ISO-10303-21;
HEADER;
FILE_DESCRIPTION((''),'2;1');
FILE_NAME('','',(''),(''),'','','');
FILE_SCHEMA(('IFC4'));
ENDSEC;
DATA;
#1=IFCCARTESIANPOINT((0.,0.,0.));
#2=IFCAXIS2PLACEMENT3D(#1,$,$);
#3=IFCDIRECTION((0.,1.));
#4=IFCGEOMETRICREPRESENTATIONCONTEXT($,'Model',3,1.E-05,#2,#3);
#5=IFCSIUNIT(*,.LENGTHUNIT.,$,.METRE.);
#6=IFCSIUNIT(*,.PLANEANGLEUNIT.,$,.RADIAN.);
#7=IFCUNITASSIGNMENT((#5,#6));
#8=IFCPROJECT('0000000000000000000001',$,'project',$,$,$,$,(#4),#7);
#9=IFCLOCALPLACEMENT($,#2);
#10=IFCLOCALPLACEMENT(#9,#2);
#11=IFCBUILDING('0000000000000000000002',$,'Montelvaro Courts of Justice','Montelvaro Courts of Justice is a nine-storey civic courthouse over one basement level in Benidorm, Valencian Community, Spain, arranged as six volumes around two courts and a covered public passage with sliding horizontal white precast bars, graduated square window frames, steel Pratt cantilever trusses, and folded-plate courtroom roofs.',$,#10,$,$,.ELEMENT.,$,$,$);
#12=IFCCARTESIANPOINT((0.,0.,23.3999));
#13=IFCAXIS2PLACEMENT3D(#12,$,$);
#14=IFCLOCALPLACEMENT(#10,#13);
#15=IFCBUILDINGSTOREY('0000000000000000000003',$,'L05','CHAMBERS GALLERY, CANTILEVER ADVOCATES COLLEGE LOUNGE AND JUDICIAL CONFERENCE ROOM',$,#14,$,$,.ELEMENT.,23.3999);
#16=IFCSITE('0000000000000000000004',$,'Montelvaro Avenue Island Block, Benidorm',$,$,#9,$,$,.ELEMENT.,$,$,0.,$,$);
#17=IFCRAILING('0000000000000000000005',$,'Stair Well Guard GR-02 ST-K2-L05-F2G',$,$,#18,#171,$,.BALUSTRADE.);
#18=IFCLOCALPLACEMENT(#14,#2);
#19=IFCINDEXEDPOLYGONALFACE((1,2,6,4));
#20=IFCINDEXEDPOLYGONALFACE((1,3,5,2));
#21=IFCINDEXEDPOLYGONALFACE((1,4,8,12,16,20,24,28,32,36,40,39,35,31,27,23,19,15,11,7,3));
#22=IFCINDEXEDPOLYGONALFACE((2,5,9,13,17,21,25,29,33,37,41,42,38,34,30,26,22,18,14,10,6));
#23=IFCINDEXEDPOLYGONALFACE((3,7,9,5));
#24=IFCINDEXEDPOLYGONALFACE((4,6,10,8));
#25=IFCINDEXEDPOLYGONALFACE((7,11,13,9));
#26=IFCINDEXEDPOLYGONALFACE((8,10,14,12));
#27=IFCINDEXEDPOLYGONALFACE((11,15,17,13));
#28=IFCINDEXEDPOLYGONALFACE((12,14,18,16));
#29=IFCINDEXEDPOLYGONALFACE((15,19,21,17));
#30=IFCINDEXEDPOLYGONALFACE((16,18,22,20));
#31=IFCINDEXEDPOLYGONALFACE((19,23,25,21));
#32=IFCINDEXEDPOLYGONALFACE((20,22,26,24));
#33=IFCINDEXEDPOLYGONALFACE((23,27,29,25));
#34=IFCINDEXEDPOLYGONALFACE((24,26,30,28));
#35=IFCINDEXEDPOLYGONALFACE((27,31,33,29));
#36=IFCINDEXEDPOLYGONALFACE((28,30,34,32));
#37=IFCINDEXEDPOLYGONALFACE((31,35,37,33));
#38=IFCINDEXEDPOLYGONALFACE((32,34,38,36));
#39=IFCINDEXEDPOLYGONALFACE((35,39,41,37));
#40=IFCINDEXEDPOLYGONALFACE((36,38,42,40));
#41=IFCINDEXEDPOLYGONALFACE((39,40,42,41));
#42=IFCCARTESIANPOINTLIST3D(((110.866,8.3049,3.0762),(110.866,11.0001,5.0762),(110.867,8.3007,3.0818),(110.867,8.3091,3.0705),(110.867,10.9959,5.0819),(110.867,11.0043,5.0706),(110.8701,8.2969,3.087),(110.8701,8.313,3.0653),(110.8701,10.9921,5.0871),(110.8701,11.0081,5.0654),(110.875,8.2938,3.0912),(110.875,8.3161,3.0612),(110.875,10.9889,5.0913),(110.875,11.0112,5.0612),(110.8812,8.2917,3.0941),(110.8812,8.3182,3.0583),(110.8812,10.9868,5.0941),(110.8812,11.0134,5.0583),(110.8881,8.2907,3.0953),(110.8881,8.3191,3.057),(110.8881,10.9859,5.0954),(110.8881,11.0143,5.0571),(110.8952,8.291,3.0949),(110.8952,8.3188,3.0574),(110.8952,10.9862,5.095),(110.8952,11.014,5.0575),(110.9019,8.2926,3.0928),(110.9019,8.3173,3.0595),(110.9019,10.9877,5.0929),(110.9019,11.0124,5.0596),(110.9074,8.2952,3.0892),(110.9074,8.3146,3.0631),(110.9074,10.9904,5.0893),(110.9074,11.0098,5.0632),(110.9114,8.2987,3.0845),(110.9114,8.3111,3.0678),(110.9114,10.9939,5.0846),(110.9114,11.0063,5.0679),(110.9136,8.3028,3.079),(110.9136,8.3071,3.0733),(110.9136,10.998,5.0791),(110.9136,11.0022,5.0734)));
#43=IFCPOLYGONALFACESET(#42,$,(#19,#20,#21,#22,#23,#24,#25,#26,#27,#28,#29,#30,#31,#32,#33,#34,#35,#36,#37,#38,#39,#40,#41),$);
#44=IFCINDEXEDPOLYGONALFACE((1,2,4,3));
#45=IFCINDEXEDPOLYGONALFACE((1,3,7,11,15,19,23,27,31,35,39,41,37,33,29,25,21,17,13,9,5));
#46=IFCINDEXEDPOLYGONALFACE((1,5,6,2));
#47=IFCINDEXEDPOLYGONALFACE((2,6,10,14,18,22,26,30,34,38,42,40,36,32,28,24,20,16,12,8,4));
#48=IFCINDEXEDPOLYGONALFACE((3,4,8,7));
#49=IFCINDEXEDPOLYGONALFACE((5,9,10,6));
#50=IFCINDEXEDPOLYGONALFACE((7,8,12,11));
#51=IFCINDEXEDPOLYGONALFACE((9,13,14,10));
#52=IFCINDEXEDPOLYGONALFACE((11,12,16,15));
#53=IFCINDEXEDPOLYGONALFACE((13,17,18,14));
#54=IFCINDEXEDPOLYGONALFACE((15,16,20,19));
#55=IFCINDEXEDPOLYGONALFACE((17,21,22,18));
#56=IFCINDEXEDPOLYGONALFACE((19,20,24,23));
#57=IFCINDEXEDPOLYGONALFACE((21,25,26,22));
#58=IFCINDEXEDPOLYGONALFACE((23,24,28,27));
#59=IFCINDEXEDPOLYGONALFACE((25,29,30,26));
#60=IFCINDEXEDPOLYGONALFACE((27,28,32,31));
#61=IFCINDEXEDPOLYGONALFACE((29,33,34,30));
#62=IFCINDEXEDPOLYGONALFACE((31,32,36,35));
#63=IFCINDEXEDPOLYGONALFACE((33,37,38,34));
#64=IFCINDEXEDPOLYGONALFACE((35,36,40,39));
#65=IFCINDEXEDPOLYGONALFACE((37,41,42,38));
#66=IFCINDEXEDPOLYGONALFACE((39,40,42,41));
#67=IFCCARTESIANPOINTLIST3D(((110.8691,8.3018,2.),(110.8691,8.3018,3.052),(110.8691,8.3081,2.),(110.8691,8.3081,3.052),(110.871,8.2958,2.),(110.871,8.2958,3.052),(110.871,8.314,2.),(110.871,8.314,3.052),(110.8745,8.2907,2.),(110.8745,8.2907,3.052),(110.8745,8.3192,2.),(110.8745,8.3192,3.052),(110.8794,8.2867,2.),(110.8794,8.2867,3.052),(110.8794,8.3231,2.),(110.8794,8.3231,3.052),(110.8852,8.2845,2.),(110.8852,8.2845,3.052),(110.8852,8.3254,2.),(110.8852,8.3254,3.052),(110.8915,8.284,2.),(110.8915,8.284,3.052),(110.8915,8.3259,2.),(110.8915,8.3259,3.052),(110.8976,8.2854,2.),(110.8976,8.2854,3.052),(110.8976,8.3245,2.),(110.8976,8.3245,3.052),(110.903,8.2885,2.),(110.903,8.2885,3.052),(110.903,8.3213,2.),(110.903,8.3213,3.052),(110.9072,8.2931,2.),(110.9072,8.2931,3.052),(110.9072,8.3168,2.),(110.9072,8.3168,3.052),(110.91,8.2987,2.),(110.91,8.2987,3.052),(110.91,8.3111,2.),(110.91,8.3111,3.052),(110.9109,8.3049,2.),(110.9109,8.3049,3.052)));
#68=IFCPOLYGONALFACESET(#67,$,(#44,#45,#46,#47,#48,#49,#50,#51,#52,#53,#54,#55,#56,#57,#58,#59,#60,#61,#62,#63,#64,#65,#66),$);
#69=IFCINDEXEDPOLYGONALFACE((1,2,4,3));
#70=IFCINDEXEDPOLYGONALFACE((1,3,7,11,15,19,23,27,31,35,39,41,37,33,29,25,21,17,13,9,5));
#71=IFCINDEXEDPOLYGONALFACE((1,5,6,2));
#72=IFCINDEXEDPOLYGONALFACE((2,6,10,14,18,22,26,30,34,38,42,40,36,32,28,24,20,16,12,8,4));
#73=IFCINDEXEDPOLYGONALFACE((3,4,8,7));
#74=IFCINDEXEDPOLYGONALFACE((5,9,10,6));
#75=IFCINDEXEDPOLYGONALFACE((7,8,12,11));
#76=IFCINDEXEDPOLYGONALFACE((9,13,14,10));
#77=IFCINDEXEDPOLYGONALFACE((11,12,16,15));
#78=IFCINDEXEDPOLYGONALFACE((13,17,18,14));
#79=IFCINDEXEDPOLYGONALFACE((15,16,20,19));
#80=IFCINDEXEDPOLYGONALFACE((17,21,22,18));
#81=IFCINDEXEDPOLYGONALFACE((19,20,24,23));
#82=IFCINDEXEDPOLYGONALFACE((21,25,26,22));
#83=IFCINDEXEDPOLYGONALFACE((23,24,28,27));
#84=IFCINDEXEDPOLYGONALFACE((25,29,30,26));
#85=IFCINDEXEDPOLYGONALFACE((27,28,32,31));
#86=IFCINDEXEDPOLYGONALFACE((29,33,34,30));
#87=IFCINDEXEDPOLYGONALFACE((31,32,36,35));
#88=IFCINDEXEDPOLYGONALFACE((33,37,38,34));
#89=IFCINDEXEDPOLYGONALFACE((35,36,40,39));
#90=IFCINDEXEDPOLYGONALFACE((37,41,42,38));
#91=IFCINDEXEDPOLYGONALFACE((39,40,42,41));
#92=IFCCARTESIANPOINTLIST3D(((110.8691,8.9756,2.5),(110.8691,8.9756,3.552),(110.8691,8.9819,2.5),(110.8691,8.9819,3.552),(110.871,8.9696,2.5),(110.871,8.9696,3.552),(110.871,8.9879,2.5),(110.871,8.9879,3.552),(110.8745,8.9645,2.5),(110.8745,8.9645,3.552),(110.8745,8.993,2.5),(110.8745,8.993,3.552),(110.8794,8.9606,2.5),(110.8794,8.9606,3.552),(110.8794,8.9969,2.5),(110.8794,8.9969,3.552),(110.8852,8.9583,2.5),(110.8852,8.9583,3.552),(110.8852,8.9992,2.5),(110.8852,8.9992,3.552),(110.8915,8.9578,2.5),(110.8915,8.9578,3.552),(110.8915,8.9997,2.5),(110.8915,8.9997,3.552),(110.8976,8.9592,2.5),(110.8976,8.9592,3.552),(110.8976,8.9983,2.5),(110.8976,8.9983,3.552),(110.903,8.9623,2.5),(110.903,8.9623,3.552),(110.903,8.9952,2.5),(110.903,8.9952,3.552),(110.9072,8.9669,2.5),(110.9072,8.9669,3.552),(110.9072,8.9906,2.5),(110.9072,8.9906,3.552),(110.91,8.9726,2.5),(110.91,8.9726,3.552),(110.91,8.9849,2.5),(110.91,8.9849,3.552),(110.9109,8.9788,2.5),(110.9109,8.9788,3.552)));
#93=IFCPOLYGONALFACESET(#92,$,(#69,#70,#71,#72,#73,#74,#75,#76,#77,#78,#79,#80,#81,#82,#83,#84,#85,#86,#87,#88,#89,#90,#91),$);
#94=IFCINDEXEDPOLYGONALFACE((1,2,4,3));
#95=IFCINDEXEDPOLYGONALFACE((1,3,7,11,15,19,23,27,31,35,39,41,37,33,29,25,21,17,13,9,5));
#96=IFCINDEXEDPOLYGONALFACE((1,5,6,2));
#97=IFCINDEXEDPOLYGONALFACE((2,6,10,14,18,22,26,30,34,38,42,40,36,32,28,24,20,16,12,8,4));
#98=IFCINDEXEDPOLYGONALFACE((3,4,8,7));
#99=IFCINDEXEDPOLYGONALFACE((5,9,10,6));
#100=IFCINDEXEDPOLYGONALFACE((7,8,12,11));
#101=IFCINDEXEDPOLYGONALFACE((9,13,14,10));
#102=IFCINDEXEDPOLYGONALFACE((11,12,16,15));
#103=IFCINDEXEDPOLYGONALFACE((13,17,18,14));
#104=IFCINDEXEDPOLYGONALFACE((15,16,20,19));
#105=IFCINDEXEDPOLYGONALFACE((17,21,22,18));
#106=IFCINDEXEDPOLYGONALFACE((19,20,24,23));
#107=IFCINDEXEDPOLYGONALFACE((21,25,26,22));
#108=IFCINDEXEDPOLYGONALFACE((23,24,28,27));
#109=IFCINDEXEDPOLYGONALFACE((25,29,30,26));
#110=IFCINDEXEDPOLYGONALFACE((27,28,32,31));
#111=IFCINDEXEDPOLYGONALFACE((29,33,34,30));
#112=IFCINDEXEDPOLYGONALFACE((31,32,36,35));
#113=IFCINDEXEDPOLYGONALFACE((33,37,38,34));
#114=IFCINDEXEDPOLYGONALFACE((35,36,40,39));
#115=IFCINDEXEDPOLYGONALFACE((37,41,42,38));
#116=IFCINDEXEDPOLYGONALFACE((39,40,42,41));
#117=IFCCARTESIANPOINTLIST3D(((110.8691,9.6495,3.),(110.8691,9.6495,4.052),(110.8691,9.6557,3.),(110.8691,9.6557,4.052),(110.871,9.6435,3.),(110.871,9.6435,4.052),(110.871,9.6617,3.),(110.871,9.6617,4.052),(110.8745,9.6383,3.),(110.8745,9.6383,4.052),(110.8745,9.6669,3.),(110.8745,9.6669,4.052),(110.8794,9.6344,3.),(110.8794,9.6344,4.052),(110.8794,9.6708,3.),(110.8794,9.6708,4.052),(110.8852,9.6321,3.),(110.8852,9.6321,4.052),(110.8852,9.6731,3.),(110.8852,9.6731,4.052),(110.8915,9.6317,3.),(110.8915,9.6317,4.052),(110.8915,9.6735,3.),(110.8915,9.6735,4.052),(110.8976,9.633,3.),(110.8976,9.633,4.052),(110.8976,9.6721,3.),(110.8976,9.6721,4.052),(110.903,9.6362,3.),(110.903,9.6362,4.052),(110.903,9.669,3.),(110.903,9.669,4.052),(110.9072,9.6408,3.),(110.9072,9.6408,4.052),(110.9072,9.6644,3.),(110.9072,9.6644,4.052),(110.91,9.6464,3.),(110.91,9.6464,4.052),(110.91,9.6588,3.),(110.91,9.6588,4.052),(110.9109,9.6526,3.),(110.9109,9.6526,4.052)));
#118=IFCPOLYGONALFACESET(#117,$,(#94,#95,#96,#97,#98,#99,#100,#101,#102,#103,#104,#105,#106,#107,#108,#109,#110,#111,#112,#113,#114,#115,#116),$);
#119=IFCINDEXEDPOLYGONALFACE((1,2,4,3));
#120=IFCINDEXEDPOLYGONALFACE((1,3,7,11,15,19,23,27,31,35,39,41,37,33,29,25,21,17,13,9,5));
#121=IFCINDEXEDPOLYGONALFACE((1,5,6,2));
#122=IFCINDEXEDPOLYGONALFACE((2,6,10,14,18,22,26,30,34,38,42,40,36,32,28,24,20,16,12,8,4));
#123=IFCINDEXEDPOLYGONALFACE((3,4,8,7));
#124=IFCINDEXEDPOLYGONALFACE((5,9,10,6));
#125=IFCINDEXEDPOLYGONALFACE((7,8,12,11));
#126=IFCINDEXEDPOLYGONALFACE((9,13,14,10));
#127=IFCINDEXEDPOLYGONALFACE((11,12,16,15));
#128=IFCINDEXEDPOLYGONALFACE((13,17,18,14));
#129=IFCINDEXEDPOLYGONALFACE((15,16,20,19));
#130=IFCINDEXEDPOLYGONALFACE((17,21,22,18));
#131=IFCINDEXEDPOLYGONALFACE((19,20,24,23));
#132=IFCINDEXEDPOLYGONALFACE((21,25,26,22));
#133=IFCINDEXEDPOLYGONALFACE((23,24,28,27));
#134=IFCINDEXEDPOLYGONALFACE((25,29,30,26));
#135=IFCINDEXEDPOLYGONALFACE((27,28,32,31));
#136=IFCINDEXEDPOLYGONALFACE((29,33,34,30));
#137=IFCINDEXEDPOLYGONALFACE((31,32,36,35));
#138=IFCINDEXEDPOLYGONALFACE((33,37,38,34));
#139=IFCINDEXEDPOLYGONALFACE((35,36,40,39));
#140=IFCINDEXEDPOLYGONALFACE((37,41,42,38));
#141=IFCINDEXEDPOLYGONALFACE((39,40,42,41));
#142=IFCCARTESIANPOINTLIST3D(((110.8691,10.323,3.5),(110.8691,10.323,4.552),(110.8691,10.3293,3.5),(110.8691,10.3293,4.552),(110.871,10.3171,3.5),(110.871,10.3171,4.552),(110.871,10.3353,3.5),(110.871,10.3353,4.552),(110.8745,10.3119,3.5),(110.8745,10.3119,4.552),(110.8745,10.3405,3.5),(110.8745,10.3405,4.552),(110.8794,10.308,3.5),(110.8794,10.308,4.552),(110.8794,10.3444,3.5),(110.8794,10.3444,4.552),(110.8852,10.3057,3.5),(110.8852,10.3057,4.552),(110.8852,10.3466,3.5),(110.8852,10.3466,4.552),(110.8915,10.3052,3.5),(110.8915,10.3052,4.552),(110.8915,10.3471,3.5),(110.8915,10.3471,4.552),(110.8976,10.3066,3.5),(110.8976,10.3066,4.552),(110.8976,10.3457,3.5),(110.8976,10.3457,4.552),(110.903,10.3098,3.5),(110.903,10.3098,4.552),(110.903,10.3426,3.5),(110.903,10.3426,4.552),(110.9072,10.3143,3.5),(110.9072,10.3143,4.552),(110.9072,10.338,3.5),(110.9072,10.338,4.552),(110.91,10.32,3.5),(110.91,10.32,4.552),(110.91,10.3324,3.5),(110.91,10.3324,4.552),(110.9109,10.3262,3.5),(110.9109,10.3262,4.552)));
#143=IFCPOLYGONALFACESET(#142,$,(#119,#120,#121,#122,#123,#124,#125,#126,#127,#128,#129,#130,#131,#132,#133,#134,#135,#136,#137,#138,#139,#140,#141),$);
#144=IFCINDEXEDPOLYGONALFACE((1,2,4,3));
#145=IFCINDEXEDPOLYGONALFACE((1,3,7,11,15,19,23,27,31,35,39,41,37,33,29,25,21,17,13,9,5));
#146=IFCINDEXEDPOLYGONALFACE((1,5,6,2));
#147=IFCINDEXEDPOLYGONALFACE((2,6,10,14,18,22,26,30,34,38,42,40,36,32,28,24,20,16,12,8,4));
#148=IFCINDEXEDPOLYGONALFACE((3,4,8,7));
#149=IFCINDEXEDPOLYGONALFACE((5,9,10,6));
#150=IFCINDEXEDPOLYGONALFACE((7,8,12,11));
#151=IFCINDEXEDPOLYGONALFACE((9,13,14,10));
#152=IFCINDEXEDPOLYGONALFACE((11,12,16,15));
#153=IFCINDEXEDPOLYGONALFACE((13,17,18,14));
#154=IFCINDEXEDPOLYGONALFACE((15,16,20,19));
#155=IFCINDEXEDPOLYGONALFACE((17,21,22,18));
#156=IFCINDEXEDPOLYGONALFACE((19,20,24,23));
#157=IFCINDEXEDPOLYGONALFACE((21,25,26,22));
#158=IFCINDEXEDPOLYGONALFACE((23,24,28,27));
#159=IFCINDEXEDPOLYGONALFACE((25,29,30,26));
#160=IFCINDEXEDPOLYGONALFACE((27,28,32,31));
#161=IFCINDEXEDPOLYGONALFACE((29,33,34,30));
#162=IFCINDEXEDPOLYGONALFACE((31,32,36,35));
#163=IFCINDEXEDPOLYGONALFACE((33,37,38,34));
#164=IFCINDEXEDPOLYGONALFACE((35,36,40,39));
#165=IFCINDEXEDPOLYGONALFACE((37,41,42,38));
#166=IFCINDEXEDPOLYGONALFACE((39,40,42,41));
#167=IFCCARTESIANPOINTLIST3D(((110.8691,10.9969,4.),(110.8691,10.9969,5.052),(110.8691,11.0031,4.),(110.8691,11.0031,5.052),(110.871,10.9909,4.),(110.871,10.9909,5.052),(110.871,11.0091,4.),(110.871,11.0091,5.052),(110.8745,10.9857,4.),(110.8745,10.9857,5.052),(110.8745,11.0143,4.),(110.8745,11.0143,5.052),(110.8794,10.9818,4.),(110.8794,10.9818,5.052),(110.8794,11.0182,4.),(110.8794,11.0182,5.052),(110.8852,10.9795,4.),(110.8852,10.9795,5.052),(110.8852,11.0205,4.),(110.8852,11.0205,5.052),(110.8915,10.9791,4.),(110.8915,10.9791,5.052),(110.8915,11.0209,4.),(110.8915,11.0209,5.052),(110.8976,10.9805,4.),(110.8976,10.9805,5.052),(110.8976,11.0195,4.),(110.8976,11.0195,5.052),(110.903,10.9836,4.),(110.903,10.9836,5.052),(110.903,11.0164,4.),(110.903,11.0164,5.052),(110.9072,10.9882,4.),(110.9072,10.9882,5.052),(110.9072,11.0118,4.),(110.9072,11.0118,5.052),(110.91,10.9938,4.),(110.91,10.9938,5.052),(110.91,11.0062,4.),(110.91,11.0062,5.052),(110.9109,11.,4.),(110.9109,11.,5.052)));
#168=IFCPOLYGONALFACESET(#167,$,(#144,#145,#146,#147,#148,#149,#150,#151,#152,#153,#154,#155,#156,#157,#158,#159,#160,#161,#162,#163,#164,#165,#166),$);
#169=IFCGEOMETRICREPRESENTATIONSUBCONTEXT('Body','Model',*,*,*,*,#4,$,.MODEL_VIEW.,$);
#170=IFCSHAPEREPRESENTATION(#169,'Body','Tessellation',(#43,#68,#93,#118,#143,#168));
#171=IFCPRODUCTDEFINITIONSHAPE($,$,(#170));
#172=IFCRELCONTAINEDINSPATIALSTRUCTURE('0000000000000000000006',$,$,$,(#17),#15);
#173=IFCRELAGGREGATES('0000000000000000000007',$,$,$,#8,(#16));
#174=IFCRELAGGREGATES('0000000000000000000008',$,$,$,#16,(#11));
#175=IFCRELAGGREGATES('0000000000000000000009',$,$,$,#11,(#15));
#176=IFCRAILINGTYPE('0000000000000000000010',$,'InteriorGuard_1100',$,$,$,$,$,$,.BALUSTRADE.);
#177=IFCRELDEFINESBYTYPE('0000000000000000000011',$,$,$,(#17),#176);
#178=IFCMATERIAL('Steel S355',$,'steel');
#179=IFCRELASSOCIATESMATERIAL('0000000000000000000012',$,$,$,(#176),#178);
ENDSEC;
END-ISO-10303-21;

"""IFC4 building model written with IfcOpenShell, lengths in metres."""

from ifc_helpers import new_model, si_unit, direction, frame, origin, origin_2d, place, context, subcontext, project, spatial, circle, extrude, material, type_object, element, save


model = new_model("IFC4")

# Units and contexts
model_context = context("Model", 3, precision=1e-05, world=origin(), true_north=direction((0.0, 1.0)))
body_context = subcontext(model_context, "Body", "Model", "MODEL_VIEW")
ifc_project = project(units=[si_unit("LENGTHUNIT", "METRE"), si_unit("PLANEANGLEUNIT", "RADIAN")], contexts=[model_context])

# Site, building, storey
site_placement = place(None, origin())
site = spatial("IfcSite", under=ifc_project, at=site_placement, Name="Montelvaro Avenue Island Block, Benidorm", CompositionType="ELEMENT", RefElevation=0.0)
building_placement = place(site_placement, origin())
building = spatial("IfcBuilding", under=site, at=building_placement, Name="Montelvaro Courts of Justice", Description="Montelvaro Courts of Justice is a nine-storey civic courthouse over one basement level in Benidorm, Valencian Community, Spain, arranged as six volumes around two courts and a covered public passage with sliding horizontal white precast bars, graduated square window frames, steel Pratt cantilever trusses, and folded-plate courtroom roofs.", CompositionType="ELEMENT")
storey_placement = place(building_placement, frame((0.0, 0.0, 23.3999)))
storey = spatial("IfcBuildingStorey", under=building, at=storey_placement, Name="L05", Description="CHAMBERS GALLERY, CANTILEVER ADVOCATES COLLEGE LOUNGE AND JUDICIAL CONFERENCE ROOM", CompositionType="ELEMENT", Elevation=23.3999)

# Railing
ifc_material_1 = material(Name="Steel S355", Category="steel")
railing_type_1 = type_object("IfcRailingType", Name="InteriorGuard_1100", PredefinedType="BALUSTRADE", material=ifc_material_1)
railing_1_placement = place(storey_placement, frame((110.8899, 8.3049, 2.0)))
element("IfcRailing", 1, at=railing_1_placement, inside=storey, type_object=railing_type_1, Name="Stair Well Guard GR-02 ST-K2-L05-F2G", PredefinedType="BALUSTRADE", context=body_context, shape_type="SweptSolid", body=[
    extrude(circle(Radius=0.0239, at=origin_2d()), frame((0.0, 0.0, 1.0762), z_axis=(0.0, 0.803036, 0.59593), x_axis=(-1.0, 0.0, 0.0)), (0.0, 0.0, 1.0), 3.3562),
    extrude(circle(Radius=0.021, at=origin_2d()), origin(), (0.0, 0.0, 1.0), 1.052),
    extrude(circle(Radius=0.021, at=origin_2d()), frame((0.0, 0.6738, 0.5)), (0.0, 0.0, 1.0), 1.052),
    extrude(circle(Radius=0.021, at=origin_2d()), frame((0.0, 1.3477, 1.0)), (0.0, 0.0, 1.0), 1.052),
    extrude(circle(Radius=0.021, at=origin_2d()), frame((0.0, 2.0212, 1.5)), (0.0, 0.0, 1.0), 1.052),
    extrude(circle(Radius=0.021, at=origin_2d()), frame((0.0, 2.6951, 2.0)), (0.0, 0.0, 1.0), 1.052),
])

save(model, "model.ifc")
